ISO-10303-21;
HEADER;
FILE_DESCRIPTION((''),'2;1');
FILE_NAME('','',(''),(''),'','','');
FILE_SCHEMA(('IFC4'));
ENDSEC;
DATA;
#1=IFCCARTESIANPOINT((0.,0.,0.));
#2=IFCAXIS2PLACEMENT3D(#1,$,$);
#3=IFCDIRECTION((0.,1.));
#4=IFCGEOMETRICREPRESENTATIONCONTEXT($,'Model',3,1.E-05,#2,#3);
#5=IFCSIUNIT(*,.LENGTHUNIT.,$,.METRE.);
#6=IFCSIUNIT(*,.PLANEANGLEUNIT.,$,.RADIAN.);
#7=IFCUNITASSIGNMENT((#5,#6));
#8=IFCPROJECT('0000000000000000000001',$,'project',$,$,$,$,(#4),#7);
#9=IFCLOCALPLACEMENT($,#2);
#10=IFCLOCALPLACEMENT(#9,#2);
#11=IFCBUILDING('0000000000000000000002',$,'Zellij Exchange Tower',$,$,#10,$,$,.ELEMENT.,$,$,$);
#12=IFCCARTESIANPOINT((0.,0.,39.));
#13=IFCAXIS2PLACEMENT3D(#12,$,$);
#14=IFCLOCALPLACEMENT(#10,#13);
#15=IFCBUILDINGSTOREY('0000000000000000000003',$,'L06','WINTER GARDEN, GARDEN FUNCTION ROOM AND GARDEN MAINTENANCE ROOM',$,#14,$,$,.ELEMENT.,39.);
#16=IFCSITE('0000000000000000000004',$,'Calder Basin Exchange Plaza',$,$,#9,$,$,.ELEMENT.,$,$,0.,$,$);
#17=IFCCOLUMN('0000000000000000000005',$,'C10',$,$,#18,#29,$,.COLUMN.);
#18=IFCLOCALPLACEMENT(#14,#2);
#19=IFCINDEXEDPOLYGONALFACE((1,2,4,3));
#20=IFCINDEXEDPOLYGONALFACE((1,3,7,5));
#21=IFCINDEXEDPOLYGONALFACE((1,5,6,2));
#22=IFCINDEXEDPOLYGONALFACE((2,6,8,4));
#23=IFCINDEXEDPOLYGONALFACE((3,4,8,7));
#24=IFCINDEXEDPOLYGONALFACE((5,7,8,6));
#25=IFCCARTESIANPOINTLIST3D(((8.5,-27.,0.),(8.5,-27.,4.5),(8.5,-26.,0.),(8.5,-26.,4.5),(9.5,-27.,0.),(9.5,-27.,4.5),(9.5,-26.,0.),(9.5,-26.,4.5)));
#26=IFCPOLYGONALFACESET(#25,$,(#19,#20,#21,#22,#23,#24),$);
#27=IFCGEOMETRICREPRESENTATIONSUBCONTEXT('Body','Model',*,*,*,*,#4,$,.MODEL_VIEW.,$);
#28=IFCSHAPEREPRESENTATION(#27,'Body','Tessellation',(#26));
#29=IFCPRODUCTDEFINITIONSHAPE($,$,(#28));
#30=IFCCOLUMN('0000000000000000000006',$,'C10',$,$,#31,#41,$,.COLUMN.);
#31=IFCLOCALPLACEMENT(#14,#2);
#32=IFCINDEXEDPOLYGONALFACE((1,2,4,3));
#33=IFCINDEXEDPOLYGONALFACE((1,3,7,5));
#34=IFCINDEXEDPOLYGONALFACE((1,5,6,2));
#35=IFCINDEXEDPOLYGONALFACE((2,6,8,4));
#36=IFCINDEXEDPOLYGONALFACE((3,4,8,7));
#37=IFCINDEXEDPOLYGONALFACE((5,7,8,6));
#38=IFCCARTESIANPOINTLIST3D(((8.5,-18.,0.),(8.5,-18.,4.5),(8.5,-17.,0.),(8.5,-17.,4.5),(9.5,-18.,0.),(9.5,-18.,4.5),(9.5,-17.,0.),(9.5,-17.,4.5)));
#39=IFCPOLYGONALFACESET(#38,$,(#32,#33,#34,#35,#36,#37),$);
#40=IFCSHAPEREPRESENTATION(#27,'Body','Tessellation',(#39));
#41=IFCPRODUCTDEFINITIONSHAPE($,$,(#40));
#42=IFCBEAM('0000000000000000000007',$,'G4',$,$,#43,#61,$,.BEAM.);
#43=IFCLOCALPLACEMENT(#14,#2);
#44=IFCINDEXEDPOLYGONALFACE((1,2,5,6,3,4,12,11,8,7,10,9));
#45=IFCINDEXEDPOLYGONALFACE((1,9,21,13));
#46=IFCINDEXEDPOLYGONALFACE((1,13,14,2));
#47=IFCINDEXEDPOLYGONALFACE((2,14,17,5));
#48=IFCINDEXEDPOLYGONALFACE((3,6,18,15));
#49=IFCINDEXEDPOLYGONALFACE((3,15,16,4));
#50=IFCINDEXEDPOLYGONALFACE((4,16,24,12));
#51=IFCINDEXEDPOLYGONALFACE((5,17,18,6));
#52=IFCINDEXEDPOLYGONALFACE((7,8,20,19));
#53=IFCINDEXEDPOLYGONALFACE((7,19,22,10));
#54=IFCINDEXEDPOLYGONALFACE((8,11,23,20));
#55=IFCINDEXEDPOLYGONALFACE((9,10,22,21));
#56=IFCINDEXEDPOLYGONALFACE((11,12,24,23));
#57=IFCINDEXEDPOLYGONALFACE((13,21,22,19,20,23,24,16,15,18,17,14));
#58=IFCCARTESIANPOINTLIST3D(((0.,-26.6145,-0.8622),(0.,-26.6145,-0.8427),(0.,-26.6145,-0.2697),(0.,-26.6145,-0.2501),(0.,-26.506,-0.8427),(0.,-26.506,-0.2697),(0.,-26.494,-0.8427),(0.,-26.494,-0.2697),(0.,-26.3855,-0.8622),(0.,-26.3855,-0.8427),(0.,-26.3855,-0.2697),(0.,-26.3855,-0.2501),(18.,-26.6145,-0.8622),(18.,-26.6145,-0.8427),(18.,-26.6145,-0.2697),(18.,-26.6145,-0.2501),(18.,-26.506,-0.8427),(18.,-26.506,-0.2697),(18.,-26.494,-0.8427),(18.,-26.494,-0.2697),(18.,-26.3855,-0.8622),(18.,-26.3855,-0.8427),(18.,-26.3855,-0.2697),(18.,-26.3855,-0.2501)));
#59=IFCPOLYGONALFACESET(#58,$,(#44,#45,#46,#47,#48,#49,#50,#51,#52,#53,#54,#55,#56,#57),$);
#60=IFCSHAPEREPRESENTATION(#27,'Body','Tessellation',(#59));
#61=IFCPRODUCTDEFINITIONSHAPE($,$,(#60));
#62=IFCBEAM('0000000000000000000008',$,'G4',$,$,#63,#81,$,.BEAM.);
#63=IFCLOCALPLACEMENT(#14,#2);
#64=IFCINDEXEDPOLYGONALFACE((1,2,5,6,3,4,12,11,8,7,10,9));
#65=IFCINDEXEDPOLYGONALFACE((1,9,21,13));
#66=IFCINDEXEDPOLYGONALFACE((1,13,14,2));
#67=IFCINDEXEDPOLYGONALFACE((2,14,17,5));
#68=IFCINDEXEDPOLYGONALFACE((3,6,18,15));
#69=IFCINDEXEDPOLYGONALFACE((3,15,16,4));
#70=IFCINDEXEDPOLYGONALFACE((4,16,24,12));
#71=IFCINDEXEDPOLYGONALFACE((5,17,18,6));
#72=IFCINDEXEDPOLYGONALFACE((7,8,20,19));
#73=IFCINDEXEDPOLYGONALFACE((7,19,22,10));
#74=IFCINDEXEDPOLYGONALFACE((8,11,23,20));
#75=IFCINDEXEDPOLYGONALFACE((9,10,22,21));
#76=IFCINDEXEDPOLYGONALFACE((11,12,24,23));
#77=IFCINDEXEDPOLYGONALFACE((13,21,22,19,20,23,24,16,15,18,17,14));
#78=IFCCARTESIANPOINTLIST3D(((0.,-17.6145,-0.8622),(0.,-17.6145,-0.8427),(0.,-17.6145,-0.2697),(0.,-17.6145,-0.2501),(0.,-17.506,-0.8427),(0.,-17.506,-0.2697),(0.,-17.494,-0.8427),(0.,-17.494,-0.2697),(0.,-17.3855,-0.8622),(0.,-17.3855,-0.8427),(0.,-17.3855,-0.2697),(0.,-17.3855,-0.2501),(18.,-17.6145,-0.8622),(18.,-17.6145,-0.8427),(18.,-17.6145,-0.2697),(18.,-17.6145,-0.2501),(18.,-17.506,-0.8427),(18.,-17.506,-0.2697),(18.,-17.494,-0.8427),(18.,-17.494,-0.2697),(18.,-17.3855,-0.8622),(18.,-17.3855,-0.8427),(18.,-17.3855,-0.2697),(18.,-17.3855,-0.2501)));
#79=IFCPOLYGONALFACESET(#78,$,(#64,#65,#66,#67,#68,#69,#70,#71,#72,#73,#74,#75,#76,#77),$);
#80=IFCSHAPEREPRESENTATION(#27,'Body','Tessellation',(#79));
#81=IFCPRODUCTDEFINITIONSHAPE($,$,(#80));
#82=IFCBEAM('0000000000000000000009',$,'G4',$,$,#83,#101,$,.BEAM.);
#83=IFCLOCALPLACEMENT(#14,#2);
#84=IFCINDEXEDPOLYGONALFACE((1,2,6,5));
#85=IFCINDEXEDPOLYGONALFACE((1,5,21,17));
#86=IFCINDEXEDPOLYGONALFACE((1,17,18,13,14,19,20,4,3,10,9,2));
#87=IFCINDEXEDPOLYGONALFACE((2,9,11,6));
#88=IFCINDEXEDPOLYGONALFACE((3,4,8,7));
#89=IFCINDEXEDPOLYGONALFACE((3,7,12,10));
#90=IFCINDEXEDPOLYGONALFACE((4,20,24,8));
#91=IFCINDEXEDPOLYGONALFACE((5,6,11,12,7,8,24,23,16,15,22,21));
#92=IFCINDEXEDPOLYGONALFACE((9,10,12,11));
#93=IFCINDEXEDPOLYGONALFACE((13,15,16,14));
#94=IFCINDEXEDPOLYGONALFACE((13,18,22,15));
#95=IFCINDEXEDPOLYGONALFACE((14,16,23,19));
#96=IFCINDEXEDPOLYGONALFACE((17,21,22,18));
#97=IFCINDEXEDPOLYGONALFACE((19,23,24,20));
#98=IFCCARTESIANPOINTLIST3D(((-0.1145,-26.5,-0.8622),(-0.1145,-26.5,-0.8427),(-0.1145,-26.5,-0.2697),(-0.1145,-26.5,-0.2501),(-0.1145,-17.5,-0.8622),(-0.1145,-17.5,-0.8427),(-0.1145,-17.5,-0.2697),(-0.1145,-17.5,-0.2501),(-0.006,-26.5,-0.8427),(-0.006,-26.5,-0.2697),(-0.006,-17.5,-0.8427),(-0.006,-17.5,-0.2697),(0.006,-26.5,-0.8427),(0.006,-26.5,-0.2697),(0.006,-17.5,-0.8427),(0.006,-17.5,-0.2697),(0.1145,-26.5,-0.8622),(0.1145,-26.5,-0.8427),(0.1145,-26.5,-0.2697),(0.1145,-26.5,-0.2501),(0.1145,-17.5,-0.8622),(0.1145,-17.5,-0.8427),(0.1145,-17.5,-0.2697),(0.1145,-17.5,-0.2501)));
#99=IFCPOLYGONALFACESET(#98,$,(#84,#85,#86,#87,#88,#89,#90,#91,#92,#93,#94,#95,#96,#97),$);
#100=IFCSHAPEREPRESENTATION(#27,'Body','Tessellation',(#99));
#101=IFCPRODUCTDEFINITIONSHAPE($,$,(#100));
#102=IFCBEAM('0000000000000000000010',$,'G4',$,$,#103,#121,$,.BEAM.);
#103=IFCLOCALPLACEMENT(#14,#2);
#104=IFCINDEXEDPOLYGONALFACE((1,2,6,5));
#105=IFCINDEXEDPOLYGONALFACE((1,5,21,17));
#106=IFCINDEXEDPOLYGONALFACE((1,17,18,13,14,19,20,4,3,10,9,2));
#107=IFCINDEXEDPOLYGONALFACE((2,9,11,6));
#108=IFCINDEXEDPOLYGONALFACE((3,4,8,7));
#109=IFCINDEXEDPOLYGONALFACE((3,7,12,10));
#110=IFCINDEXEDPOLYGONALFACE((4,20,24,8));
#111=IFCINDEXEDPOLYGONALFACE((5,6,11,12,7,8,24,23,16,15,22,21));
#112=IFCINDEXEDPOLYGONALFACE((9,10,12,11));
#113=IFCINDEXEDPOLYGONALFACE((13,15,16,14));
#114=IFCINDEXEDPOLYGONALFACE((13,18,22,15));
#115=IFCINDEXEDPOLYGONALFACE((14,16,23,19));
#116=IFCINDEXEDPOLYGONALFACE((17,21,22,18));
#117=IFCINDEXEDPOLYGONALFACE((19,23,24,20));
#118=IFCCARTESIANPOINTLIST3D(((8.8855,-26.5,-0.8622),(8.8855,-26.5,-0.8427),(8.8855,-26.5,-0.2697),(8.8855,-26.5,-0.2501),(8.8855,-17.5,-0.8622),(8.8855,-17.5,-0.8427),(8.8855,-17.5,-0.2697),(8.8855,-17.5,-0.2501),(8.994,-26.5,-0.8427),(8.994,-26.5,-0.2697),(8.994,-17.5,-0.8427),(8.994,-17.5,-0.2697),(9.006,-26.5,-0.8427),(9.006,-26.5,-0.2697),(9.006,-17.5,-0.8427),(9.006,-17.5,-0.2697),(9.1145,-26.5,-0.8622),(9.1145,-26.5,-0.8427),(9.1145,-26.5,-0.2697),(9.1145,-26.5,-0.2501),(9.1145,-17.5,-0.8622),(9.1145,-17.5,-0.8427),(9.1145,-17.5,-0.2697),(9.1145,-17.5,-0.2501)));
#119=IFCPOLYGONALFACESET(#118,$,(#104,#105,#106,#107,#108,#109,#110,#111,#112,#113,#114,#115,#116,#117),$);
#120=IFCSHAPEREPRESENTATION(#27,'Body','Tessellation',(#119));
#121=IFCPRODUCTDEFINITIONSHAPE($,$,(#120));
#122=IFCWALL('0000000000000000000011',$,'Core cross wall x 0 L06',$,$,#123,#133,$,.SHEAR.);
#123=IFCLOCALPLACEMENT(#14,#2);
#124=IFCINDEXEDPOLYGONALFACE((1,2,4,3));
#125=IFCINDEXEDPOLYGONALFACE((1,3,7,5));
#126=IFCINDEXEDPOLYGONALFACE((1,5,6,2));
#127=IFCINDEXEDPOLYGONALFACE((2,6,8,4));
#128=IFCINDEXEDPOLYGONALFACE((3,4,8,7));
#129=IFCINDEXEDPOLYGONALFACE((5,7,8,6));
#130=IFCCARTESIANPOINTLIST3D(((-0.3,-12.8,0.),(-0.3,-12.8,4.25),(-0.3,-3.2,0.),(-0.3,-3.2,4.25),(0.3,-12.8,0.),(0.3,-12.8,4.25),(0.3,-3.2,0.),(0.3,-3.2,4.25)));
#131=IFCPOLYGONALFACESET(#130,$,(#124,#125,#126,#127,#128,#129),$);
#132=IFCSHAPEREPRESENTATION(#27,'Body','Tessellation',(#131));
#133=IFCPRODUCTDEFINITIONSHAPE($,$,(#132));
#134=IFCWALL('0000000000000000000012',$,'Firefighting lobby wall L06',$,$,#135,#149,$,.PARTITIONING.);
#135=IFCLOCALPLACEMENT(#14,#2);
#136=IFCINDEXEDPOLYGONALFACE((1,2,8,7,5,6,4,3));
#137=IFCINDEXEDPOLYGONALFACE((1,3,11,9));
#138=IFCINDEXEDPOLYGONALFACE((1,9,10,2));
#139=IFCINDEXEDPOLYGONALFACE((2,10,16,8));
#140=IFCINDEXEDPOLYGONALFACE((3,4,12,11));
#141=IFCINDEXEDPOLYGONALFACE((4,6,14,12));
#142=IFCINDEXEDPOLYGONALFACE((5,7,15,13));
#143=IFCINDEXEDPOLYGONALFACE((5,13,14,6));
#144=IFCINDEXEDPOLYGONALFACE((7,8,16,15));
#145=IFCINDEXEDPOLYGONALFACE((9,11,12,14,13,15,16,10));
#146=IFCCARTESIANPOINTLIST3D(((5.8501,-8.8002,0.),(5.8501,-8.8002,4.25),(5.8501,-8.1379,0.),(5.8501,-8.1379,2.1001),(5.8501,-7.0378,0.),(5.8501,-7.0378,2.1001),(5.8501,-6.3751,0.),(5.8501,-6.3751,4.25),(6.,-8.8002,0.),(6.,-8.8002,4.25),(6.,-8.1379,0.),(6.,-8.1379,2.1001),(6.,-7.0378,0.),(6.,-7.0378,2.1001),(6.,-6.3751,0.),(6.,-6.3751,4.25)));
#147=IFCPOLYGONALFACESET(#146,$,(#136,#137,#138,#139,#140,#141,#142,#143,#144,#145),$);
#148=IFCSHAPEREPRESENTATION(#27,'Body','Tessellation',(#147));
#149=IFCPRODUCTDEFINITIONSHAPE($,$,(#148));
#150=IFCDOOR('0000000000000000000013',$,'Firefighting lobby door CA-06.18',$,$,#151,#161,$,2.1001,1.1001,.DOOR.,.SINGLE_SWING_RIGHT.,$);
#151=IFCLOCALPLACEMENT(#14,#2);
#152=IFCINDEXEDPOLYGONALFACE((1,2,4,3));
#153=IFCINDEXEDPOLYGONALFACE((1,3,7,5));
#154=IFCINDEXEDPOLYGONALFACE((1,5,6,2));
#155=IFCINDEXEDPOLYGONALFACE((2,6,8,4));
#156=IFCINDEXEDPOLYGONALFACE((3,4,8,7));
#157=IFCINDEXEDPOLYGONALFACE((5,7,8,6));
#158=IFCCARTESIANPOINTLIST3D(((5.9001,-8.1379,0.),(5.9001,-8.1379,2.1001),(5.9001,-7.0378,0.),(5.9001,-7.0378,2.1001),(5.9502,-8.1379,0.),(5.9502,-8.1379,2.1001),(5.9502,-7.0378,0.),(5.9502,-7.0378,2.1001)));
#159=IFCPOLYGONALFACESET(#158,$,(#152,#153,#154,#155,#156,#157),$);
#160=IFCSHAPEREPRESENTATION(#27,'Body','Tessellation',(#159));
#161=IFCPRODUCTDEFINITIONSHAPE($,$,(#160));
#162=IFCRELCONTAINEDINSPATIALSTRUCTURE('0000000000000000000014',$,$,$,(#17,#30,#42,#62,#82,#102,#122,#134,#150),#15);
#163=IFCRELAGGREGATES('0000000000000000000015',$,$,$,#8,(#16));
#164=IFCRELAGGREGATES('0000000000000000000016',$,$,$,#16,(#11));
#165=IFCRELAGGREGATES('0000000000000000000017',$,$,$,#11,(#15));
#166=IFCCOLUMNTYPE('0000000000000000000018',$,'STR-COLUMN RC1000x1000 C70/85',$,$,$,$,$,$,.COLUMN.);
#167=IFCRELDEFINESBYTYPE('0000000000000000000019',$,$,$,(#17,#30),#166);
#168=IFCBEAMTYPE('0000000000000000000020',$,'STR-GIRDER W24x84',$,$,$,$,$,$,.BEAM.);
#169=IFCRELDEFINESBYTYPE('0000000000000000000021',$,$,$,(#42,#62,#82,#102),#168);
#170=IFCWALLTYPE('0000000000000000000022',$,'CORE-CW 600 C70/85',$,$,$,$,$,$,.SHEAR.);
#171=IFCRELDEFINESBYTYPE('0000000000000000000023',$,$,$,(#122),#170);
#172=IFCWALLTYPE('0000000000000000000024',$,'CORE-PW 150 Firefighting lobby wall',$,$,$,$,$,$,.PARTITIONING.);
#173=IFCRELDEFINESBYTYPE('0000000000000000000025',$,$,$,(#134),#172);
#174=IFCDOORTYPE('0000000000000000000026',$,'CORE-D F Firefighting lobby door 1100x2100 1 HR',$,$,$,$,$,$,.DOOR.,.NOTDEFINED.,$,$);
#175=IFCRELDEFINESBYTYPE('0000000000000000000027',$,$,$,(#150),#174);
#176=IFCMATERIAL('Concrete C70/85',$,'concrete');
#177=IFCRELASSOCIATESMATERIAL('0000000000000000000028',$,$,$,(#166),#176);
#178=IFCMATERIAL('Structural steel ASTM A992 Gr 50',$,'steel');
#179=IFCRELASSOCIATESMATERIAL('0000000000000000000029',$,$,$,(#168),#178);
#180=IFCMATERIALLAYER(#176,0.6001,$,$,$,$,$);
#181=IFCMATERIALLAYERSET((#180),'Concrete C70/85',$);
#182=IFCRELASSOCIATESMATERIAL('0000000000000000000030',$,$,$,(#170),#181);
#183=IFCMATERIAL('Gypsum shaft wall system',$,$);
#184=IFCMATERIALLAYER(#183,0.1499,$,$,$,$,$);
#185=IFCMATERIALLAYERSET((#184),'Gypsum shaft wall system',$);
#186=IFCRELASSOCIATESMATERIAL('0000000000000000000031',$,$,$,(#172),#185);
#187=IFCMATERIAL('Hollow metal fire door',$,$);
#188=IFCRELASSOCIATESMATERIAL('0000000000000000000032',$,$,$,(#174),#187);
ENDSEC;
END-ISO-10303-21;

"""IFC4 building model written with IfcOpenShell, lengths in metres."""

from ifc_helpers import new_model, si_unit, direction, frame, frame_2d, origin, origin_2d, place, context, subcontext, project, spatial, rectangle, i_section, extrude, material, layer, layer_set, material_profile, profile_set, type_object, element, fill, save


model = new_model("IFC4")

# Units and contexts
model_context = context("Model", 3, precision=1e-05, world=origin(), true_north=direction((0.0, 1.0)))
body_context = subcontext(model_context, "Body", "Model", "MODEL_VIEW")
ifc_project = project(units=[si_unit("LENGTHUNIT", "METRE"), si_unit("PLANEANGLEUNIT", "RADIAN")], contexts=[model_context])

# Site, building, storey
site_placement = place(None, origin())
site = spatial("IfcSite", under=ifc_project, at=site_placement, Name="Calder Basin Exchange Plaza", CompositionType="ELEMENT", RefElevation=0.0)
building_placement = place(site_placement, origin())
building = spatial("IfcBuilding", under=site, at=building_placement, Name="Zellij Exchange Tower", CompositionType="ELEMENT")
storey_placement = place(building_placement, frame((0.0, 0.0, 39.0)))
storey = spatial("IfcBuildingStorey", under=building, at=storey_placement, Name="L06", Description="WINTER GARDEN, GARDEN FUNCTION ROOM AND GARDEN MAINTENANCE ROOM", CompositionType="ELEMENT", Elevation=39.0)

# Columns
ifc_material_1 = material(Name="Concrete C70/85", Category="concrete")
ifc_material_profile_1 = material_profile(ifc_material_1, rectangle(XDim=1.0, YDim=1.0, at=origin_2d()), Name="STR-COLUMN RC1000x1000 C70/85")
ifc_profile_set_1 = profile_set([ifc_material_profile_1], Name="Concrete C70/85")
column_type = type_object("IfcColumnType", Name="STR-COLUMN RC1000x1000 C70/85", PredefinedType="COLUMN", material=ifc_profile_set_1)
for number, where, z_axis, x_axis, name in (
    (1, (9.0, -26.5, 0.0), (0.0, 0.0, 1.0), (1.0, 0.0, 0.0), "C10"),
    (2, (9.0, -17.5, 0.0), (0.0, 0.0, 1.0), (1.0, 0.0, 0.0), "C10"),
):
    element("IfcColumn", number, at=place(storey_placement, frame(where, z_axis=z_axis, x_axis=x_axis)), inside=storey, type_object=column_type, Name=name, PredefinedType="COLUMN", context=body_context, shape_type="SweptSolid", body=[
        extrude(rectangle(XDim=1.0, YDim=1.0, at=origin_2d()), origin(), (0.0, 0.0, 1.0), 4.5),
    ])

# Beams
ifc_material_2 = material(Name="Structural steel ASTM A992 Gr 50", Category="steel")
ifc_material_profile_2 = material_profile(ifc_material_2, i_section(OverallWidth=0.229, OverallDepth=0.6121, WebThickness=0.012, FlangeThickness=0.0195, at=origin_2d()), Name="W24x84")
ifc_profile_set_2 = profile_set([ifc_material_profile_2], Name="Structural steel ASTM A992 Gr 50")
beam_type = type_object("IfcBeamType", Name="STR-GIRDER W24x84", PredefinedType="BEAM", material=ifc_profile_set_2)
for number, where, z_axis, x_axis, name in (
    (3, (0.0, -26.5, -0.5562), (1.0, 0.0, 0.0), (0.0, 1.0, 0.0), "G4"),
    (4, (0.0, -17.5, -0.5562), (1.0, 0.0, 0.0), (0.0, 1.0, 0.0), "G4"),
):
    element("IfcBeam", number, at=place(storey_placement, frame(where, z_axis=z_axis, x_axis=x_axis)), inside=storey, type_object=beam_type, Name=name, PredefinedType="BEAM", context=body_context, shape_type="SweptSolid", body=[
        extrude(i_section(OverallWidth=0.229, OverallDepth=0.6121, WebThickness=0.012, FlangeThickness=0.0195, at=origin_2d()), origin(), (0.0, 0.0, 1.0), 18.0),
    ])
for number, where, z_axis, x_axis, name in (
    (5, (0.0, -26.5, -0.5562), (0.0, 1.0, 0.0), (-1.0, 0.0, 0.0), "G4"),
    (6, (9.0, -26.5, -0.5562), (0.0, 1.0, 0.0), (-1.0, 0.0, 0.0), "G4"),
):
    element("IfcBeam", number, at=place(storey_placement, frame(where, z_axis=z_axis, x_axis=x_axis)), inside=storey, type_object=beam_type, Name=name, PredefinedType="BEAM", context=body_context, shape_type="SweptSolid", body=[
        extrude(i_section(OverallWidth=0.229, OverallDepth=0.6121, WebThickness=0.012, FlangeThickness=0.0195, at=origin_2d()), origin(), (0.0, 0.0, 1.0), 9.0),
    ])

# Wall
ifc_layer_1 = layer(ifc_material_1, 0.6001)
ifc_layer_set_1 = layer_set([ifc_layer_1], Name="Concrete C70/85")
wall_type_1 = type_object("IfcWallType", Name="CORE-CW 600 C70/85", PredefinedType="SHEAR", material=ifc_layer_set_1)
wall_1_placement = place(storey_placement, frame((0.0, -12.8, 0.0), z_axis=(0.0, 0.0, 1.0), x_axis=(0.0, 1.0, 0.0)))
element("IfcWall", 7, at=wall_1_placement, inside=storey, type_object=wall_type_1, Name="Core cross wall x 0 L06", PredefinedType="SHEAR", context=body_context, shape_type="SweptSolid", body=[
    extrude(rectangle(XDim=9.6001, YDim=0.6001, at=frame_2d((4.8, 0.0))), origin(), (0.0, 0.0, 1.0), 4.25),
])

# Wall, opening, door
ifc_material_3 = material(Name="Gypsum shaft wall system")
ifc_layer_2 = layer(ifc_material_3, 0.1499)
ifc_layer_set_2 = layer_set([ifc_layer_2], Name="Gypsum shaft wall system")
wall_type_2 = type_object("IfcWallType", Name="CORE-PW 150 Firefighting lobby wall", PredefinedType="PARTITIONING", material=ifc_layer_set_2)
wall_2_placement = place(storey_placement, frame((5.925, -8.8, 0.0), z_axis=(0.0, 0.0, 1.0), x_axis=(0.0, 1.0, 0.0)))
wall_2 = element("IfcWall", 8, at=wall_2_placement, inside=storey, type_object=wall_type_2, Name="Firefighting lobby wall L06", PredefinedType="PARTITIONING", context=body_context, shape_type="SweptSolid", body=[
    extrude(rectangle(XDim=2.425, YDim=0.1499, at=frame_2d((1.2124, 0.0))), origin(), (0.0, 0.0, 1.0), 4.25),
])
opening_1_placement = place(wall_2_placement, frame((0.6621, 0.0, 0.0)))
opening_1 = element("IfcOpeningElement", 9, at=opening_1_placement, cuts=wall_2, PredefinedType="OPENING", context=body_context, shape_type="SweptSolid", body=[
    extrude(rectangle(XDim=1.1001, YDim=2.1001, at=frame_2d((0.55, 1.05))), frame((0.0, 0.0869, 0.0), z_axis=(0.0, -1.0, 0.0), x_axis=(1.0, 0.0, 0.0)), (0.0, 0.0, 1.0), 0.1738),
])
ifc_material_4 = material(Name="Hollow metal fire door")
door_type_1 = type_object("IfcDoorType", Name="CORE-D F Firefighting lobby door 1100x2100 1 HR", OperationType="NOTDEFINED", PredefinedType="DOOR", material=ifc_material_4)
door_1_placement = place(opening_1_placement, origin())
door_1 = element("IfcDoor", 10, at=door_1_placement, inside=storey, type_object=door_type_1, Name="Firefighting lobby door CA-06.18", OperationType="SINGLE_SWING_RIGHT", OverallHeight=2.1001, OverallWidth=1.1001, PredefinedType="DOOR", context=body_context, shape_type="SweptSolid", body=[
    extrude(rectangle(XDim=1.1001, YDim=2.1001, at=frame_2d((0.55, 1.05))), frame((0.0, 0.0249, 0.0), z_axis=(0.0, -1.0, 0.0), x_axis=(1.0, 0.0, 0.0)), (0.0, 0.0, 1.0), 0.05),
])
fill(opening_1, door_1)

save(model, "model.ifc")
